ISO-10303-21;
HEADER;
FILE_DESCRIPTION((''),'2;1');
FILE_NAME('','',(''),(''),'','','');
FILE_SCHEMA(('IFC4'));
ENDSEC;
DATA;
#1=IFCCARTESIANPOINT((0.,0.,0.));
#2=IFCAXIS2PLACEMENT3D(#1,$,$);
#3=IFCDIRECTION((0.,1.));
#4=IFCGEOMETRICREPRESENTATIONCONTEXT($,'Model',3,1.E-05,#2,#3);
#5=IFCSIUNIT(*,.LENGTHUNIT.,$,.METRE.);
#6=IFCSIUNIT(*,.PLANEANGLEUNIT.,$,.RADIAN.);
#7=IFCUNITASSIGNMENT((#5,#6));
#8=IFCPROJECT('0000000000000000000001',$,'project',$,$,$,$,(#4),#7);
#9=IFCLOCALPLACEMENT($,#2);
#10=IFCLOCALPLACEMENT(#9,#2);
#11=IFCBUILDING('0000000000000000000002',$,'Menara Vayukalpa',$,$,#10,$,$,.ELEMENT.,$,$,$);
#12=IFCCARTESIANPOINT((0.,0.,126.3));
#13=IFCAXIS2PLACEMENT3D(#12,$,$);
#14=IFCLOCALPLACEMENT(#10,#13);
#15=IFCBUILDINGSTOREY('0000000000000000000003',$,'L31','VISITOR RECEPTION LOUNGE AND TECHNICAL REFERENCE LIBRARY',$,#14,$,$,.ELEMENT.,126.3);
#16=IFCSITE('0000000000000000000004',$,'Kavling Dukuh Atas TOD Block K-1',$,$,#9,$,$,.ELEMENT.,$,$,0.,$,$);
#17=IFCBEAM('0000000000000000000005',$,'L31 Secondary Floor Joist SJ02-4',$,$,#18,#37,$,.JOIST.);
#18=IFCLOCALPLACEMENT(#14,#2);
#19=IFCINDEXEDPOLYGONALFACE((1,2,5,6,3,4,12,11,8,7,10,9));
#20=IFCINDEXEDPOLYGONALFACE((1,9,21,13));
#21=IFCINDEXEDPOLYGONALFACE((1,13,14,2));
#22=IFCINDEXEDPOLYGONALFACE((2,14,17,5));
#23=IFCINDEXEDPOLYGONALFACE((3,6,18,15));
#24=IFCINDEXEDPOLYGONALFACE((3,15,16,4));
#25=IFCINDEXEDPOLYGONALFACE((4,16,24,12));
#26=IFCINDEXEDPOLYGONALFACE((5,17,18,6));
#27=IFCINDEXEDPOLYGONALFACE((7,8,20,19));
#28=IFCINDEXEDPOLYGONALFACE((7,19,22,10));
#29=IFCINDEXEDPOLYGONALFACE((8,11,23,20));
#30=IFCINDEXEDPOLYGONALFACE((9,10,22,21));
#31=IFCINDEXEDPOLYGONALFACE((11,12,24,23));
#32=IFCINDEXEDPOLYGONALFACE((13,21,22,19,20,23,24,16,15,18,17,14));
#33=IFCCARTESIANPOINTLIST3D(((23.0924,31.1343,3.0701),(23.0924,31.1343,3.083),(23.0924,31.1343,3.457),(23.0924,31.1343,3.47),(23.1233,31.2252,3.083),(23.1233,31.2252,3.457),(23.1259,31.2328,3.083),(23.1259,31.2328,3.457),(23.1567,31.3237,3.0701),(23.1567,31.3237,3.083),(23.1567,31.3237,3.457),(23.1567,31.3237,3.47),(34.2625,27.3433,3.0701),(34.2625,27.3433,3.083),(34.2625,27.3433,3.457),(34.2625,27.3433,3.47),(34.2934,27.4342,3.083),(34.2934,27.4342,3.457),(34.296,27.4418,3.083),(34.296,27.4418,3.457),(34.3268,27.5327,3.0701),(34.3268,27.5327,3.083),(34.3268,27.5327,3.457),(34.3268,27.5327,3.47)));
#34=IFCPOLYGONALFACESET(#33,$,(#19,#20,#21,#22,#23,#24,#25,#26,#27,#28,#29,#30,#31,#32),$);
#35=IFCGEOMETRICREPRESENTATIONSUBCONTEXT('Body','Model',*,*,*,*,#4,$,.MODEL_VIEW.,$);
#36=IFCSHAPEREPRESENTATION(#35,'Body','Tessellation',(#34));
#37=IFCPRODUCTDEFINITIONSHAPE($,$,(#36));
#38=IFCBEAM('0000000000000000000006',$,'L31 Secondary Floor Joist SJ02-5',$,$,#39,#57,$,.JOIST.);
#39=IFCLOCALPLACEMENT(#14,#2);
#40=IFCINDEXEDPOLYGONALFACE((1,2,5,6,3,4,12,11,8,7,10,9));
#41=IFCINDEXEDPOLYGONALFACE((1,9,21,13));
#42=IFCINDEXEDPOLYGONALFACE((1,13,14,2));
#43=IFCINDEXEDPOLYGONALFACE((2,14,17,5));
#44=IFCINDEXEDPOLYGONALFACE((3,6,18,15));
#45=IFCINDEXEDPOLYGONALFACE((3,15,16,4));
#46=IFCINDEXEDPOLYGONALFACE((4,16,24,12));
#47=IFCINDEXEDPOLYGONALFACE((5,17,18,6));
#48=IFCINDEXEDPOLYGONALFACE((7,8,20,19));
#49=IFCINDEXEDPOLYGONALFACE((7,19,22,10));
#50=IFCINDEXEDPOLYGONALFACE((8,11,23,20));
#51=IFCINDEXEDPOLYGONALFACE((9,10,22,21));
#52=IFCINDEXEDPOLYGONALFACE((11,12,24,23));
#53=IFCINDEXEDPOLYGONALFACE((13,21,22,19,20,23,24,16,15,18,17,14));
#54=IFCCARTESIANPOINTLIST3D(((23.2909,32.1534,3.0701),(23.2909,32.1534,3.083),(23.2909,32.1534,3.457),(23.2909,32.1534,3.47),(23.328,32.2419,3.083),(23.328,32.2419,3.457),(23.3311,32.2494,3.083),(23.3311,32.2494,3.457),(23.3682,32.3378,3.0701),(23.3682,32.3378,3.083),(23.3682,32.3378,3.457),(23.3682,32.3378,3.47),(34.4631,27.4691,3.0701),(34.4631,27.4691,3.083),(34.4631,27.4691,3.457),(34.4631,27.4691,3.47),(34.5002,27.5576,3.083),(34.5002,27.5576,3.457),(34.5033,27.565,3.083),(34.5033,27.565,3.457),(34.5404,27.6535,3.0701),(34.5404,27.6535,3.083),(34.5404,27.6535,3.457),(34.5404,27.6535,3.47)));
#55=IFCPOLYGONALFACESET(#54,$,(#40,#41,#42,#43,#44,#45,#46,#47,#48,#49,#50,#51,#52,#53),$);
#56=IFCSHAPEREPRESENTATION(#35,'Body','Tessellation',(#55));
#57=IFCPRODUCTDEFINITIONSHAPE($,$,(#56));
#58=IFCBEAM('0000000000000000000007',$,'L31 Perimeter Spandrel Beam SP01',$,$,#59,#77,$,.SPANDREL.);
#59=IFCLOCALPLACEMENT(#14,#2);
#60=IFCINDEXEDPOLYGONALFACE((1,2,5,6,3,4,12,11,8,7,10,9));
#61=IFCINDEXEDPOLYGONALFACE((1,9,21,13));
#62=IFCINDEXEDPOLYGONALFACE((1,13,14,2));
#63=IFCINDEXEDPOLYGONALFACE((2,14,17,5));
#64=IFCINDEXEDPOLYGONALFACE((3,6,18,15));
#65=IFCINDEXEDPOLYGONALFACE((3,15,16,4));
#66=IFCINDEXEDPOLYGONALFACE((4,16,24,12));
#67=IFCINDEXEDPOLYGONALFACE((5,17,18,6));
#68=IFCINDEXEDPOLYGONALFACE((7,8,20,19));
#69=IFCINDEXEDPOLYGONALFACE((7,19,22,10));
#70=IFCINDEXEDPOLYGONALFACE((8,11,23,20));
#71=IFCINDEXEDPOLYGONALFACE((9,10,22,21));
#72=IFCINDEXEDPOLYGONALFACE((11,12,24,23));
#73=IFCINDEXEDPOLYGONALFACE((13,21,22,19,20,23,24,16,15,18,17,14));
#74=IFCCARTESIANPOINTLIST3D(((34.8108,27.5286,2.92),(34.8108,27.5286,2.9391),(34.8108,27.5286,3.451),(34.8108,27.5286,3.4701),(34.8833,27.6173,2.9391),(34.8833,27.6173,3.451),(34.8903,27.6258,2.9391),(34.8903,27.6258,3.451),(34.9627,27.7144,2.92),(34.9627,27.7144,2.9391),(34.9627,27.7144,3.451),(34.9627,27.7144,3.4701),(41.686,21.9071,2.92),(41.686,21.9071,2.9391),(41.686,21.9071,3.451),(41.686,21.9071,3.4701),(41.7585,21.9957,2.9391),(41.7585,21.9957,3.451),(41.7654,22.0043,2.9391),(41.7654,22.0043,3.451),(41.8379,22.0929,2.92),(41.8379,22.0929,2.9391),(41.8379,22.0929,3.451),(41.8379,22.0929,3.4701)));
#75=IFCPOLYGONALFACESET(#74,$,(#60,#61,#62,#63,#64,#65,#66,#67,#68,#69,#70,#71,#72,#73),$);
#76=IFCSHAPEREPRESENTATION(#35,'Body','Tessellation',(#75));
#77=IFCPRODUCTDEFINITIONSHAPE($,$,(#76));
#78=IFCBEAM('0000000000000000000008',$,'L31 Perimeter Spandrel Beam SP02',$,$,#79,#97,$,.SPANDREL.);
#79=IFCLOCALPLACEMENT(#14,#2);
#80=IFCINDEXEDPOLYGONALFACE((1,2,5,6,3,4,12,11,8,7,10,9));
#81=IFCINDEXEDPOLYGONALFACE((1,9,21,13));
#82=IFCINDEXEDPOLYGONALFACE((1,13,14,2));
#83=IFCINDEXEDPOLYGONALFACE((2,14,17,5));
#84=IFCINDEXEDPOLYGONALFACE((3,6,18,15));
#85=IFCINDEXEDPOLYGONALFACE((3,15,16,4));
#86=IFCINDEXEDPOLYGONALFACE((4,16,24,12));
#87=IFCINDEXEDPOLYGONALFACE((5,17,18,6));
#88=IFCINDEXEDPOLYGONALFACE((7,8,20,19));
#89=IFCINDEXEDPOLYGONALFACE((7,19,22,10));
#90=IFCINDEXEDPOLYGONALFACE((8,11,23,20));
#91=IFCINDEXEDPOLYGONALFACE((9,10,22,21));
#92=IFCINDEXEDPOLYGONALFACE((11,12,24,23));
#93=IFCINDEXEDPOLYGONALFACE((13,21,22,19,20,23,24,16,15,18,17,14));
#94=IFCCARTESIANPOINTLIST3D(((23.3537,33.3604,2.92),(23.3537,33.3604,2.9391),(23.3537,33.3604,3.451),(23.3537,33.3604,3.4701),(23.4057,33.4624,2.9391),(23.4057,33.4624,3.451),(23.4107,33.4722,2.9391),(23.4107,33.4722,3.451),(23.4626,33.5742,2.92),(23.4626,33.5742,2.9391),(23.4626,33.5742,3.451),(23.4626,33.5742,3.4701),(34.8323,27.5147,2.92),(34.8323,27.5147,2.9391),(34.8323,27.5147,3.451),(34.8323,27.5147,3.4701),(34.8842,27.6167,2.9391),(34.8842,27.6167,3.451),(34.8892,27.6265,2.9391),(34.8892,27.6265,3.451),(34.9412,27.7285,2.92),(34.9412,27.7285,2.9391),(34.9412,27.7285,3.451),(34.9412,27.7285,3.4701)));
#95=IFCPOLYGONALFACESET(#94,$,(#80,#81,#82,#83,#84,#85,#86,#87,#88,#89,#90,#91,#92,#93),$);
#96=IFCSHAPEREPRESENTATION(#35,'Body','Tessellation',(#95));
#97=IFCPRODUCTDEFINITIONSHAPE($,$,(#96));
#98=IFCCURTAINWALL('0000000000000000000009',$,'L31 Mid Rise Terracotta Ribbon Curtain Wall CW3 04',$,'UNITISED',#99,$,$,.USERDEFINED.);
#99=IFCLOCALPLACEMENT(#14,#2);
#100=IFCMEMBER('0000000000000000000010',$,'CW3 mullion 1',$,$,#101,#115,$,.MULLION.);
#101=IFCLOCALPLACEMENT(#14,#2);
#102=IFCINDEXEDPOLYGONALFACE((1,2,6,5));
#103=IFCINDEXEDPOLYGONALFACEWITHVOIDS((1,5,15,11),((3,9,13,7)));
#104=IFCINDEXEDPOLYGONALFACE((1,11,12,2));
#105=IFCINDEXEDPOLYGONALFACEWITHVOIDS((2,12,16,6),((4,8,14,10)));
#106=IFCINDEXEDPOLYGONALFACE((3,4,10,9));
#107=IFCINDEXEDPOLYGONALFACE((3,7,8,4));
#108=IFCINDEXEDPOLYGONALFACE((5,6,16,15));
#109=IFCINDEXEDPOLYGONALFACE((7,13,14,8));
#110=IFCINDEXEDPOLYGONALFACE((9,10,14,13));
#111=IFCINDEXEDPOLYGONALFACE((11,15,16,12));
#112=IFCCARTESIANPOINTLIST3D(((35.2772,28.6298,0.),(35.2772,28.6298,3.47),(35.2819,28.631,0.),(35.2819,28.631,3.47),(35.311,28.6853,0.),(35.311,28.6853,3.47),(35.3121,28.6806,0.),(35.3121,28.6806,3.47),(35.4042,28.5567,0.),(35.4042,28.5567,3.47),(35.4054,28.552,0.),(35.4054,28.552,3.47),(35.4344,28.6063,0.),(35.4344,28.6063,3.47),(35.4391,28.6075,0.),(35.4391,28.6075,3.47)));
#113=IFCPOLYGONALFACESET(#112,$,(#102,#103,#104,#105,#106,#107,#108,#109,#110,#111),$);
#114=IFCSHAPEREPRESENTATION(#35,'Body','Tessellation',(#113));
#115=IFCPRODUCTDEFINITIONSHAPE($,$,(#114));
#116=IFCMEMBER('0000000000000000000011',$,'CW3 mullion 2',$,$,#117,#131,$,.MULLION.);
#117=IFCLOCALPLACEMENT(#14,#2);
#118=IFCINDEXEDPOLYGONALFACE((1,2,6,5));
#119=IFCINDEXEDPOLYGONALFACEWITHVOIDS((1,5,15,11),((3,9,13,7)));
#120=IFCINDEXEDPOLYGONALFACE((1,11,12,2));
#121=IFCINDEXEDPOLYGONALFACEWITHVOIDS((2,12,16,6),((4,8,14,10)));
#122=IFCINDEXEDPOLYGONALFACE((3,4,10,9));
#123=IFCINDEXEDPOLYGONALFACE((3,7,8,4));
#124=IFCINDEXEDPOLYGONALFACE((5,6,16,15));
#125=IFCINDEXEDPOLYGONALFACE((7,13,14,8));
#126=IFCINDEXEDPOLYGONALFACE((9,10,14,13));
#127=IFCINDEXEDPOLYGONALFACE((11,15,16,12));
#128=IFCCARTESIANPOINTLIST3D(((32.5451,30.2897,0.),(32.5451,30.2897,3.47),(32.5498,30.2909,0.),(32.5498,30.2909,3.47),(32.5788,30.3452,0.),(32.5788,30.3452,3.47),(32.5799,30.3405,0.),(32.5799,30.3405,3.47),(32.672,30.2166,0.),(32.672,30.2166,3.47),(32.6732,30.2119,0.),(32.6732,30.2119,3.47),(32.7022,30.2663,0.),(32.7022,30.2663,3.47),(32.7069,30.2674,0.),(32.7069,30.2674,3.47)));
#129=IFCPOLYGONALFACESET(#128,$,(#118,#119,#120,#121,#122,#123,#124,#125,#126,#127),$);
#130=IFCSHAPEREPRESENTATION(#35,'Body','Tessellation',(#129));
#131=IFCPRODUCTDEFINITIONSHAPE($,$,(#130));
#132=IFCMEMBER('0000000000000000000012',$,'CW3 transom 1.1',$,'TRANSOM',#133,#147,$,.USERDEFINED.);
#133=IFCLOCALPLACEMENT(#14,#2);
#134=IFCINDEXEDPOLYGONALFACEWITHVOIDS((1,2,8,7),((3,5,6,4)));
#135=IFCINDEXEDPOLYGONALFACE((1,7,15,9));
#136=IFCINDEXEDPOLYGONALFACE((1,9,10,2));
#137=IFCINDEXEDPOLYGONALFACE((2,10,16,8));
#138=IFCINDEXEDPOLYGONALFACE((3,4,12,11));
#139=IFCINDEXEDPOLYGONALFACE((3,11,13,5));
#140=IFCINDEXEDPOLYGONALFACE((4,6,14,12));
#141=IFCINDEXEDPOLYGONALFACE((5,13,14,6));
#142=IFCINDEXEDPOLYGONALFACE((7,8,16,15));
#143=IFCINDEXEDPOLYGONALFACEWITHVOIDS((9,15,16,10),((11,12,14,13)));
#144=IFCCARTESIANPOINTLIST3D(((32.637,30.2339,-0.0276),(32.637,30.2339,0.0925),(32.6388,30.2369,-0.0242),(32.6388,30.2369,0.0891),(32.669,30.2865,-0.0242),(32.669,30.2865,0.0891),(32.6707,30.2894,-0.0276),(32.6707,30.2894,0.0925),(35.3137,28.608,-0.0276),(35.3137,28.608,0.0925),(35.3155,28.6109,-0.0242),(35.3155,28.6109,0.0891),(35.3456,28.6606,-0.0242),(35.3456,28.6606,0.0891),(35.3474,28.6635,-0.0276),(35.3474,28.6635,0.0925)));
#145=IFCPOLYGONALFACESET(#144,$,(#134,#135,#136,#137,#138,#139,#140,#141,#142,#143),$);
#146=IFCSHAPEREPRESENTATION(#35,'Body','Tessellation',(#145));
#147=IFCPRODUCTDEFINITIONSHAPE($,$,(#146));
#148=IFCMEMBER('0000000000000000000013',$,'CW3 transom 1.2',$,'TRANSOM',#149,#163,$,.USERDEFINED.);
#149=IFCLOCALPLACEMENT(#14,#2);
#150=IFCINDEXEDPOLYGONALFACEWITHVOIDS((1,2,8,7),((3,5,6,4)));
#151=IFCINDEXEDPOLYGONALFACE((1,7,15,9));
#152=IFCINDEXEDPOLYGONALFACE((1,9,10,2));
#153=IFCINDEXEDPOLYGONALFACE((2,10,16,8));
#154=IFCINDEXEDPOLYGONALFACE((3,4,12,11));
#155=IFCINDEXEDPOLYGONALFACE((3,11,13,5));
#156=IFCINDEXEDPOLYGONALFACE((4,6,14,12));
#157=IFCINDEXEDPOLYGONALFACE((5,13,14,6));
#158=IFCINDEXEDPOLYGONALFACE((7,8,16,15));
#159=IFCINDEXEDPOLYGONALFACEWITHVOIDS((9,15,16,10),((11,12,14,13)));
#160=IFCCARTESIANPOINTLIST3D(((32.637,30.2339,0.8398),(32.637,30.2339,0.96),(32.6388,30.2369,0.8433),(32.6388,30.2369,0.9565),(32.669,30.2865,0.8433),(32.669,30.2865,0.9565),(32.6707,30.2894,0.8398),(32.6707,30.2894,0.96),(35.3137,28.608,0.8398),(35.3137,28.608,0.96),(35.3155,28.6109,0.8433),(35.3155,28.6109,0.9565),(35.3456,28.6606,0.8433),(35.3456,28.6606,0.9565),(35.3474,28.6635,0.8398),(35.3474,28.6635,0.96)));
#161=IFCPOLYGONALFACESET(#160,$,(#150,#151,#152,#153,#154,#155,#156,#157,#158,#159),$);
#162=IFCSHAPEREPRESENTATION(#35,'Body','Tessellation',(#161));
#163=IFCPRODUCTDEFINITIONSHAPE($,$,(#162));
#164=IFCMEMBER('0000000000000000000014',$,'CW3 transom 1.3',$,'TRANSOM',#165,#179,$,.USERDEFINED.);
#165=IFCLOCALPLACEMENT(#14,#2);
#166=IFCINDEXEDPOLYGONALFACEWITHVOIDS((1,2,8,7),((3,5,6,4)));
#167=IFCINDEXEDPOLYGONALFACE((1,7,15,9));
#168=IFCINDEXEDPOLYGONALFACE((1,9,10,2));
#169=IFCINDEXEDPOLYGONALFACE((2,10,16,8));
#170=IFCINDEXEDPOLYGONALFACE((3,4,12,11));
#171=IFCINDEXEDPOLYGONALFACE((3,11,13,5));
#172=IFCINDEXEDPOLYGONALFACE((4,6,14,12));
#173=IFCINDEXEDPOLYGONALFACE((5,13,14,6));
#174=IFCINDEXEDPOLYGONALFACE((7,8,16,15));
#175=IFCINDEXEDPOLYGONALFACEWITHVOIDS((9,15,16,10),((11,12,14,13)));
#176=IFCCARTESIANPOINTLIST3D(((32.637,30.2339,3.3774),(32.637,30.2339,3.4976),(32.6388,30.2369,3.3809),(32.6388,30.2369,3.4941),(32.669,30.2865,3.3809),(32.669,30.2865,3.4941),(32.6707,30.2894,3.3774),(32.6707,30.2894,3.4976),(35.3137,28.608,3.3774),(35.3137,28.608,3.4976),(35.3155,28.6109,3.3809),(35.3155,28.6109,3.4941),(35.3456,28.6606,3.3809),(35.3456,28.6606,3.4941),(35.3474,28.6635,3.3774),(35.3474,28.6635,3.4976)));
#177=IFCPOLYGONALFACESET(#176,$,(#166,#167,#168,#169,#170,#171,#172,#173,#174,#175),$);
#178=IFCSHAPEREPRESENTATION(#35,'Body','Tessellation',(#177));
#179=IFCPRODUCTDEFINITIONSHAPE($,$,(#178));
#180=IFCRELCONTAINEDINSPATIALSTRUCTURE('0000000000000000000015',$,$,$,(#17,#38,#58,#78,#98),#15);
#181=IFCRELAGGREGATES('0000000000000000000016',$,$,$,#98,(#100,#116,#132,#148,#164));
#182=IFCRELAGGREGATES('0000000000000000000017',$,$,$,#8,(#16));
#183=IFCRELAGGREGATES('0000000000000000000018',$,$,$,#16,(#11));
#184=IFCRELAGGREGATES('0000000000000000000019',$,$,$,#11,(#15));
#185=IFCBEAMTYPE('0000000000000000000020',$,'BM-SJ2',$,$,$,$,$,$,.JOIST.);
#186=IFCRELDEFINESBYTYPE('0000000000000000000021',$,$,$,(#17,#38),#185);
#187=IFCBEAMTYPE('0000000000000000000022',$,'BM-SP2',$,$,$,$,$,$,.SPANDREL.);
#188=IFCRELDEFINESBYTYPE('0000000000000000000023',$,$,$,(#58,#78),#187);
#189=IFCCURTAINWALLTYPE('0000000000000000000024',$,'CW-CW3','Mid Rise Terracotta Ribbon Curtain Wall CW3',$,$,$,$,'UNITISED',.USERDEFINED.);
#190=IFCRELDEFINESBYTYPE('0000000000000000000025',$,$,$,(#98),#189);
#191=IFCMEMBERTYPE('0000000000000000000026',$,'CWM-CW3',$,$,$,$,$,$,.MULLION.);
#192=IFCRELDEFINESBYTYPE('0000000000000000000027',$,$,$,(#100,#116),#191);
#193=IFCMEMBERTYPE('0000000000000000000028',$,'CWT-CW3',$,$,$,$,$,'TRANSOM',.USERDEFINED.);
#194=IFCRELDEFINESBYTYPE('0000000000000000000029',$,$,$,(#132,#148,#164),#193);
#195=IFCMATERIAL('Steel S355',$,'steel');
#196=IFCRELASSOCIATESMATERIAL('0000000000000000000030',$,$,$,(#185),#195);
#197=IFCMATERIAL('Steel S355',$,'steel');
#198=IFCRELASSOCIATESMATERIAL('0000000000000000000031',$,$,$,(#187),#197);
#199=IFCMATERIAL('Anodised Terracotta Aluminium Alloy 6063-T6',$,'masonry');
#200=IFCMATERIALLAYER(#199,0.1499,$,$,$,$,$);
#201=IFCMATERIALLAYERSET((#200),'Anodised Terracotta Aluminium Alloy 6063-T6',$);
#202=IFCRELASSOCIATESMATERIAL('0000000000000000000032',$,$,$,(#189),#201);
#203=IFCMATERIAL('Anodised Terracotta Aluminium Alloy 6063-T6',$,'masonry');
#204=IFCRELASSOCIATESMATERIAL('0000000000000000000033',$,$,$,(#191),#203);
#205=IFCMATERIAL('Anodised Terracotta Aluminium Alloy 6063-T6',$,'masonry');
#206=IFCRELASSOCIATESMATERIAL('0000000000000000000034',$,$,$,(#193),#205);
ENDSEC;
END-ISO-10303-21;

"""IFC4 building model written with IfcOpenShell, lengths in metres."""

from ifc_helpers import new_model, si_unit, direction, frame, origin, origin_2d, place, context, subcontext, project, spatial, hollow_rectangle, i_section, extrude, material, layer, layer_set, material_profile, profile_set, type_object, element, aggregate, save


model = new_model("IFC4")

# Units and contexts
model_context = context("Model", 3, precision=1e-05, world=origin(), true_north=direction((0.0, 1.0)))
body_context = subcontext(model_context, "Body", "Model", "MODEL_VIEW")
ifc_project = project(units=[si_unit("LENGTHUNIT", "METRE"), si_unit("PLANEANGLEUNIT", "RADIAN")], contexts=[model_context])

# Site, building, storey
site_placement = place(None, origin())
site = spatial("IfcSite", under=ifc_project, at=site_placement, Name="Kavling Dukuh Atas TOD Block K-1", CompositionType="ELEMENT", RefElevation=0.0)
building_placement = place(site_placement, origin())
building = spatial("IfcBuilding", under=site, at=building_placement, Name="Menara Vayukalpa", CompositionType="ELEMENT")
storey_placement = place(building_placement, frame((0.0, 0.0, 126.3)))
storey = spatial("IfcBuildingStorey", under=building, at=storey_placement, Name="L31", Description="VISITOR RECEPTION LOUNGE AND TECHNICAL REFERENCE LIBRARY", CompositionType="ELEMENT", Elevation=126.3)

# Beams
ifc_material_1 = material(Name="Steel S355", Category="steel")
ifc_material_profile_1 = material_profile(ifc_material_1, i_section(OverallWidth=0.2, OverallDepth=0.3999, WebThickness=0.0081, FlangeThickness=0.0129, at=origin_2d()), Name="WF 400x200x8x13")
ifc_profile_set_1 = profile_set([ifc_material_profile_1], Name="Steel S355")
beam_type_1 = type_object("IfcBeamType", Name="BM-SJ2", PredefinedType="JOIST", material=ifc_profile_set_1)
beam_1_placement = place(storey_placement, frame((34.2947, 27.438, 3.27), z_axis=(-0.946949, 0.321383, 0.0), x_axis=(-0.321383, -0.946949, 0.0)))
element("IfcBeam", 1, at=beam_1_placement, inside=storey, type_object=beam_type_1, Name="L31 Secondary Floor Joist SJ02-4", PredefinedType="JOIST", context=body_context, shape_type="SweptSolid", body=[
    extrude(i_section(OverallWidth=0.2, OverallDepth=0.3999, WebThickness=0.0081, FlangeThickness=0.0129, at=origin_2d()), origin(), (0.0, 0.0, 1.0), 11.7959),
])
beam_2_placement = place(storey_placement, frame((34.5017, 27.5613, 3.27), z_axis=(-0.922217, 0.386674, 0.0), x_axis=(-0.386674, -0.922217, 0.0)))
element("IfcBeam", 2, at=beam_2_placement, inside=storey, type_object=beam_type_1, Name="L31 Secondary Floor Joist SJ02-5", PredefinedType="JOIST", context=body_context, shape_type="SweptSolid", body=[
    extrude(i_section(OverallWidth=0.2, OverallDepth=0.3999, WebThickness=0.0081, FlangeThickness=0.0129, at=origin_2d()), origin(), (0.0, 0.0, 1.0), 12.1145),
])
ifc_material_2 = material(Name="Steel S355", Category="steel")
ifc_material_profile_2 = material_profile(ifc_material_2, i_section(OverallWidth=0.24, OverallDepth=0.55, WebThickness=0.011, FlangeThickness=0.019, at=origin_2d()), Name="WF 550x240x11x19")
ifc_profile_set_2 = profile_set([ifc_material_profile_2], Name="Steel S355")
beam_type_2 = type_object("IfcBeamType", Name="BM-SP2", PredefinedType="SPANDREL", material=ifc_profile_set_2)
beam_3_placement = place(storey_placement, frame((41.762, 22.0, 3.1951), z_axis=(-0.774157, 0.632994, 0.0), x_axis=(-0.632994, -0.774157, 0.0)))
element("IfcBeam", 3, at=beam_3_placement, inside=storey, type_object=beam_type_2, Name="L31 Perimeter Spandrel Beam SP01", PredefinedType="SPANDREL", context=body_context, shape_type="SweptSolid", body=[
    extrude(i_section(OverallWidth=0.24, OverallDepth=0.55, WebThickness=0.011, FlangeThickness=0.019, at=origin_2d()), origin(), (0.0, 0.0, 1.0), 8.8809),
])
beam_4_placement = place(storey_placement, frame((34.8867, 27.6216, 3.1951), z_axis=(-0.891097, 0.453812, 0.0), x_axis=(-0.453812, -0.891097, 0.0)))
element("IfcBeam", 4, at=beam_4_placement, inside=storey, type_object=beam_type_2, Name="L31 Perimeter Spandrel Beam SP02", PredefinedType="SPANDREL", context=body_context, shape_type="SweptSolid", body=[
    extrude(i_section(OverallWidth=0.24, OverallDepth=0.55, WebThickness=0.011, FlangeThickness=0.019, at=origin_2d()), origin(), (0.0, 0.0, 1.0), 12.8813),
])

# Curtain wall, members
ifc_material_3 = material(Name="Anodised Terracotta Aluminium Alloy 6063-T6", Category="masonry")
ifc_layer_1 = layer(ifc_material_3, 0.1499)
ifc_layer_set_1 = layer_set([ifc_layer_1], Name="Anodised Terracotta Aluminium Alloy 6063-T6")
curtain_wall_type = type_object("IfcCurtainWallType", Name="CW-CW3", Description="Mid Rise Terracotta Ribbon Curtain Wall CW3", ElementType="UNITISED", PredefinedType="USERDEFINED", material=ifc_layer_set_1)
curtain_wall_placement = place(storey_placement, origin())
curtain_wall = element("IfcCurtainWall", 5, at=curtain_wall_placement, inside=storey, type_object=curtain_wall_type, Name="L31 Mid Rise Terracotta Ribbon Curtain Wall CW3 04", ObjectType="UNITISED", PredefinedType="USERDEFINED")
ifc_material_4 = material(Name="Anodised Terracotta Aluminium Alloy 6063-T6", Category="masonry")
ifc_material_profile_3 = material_profile(ifc_material_4, hollow_rectangle(XDim=0.0649, YDim=0.1499, WallThickness=0.0034, at=origin_2d()), Name="ALU 65x150x3.5")
ifc_profile_set_3 = profile_set([ifc_material_profile_3], Name="Anodised Terracotta Aluminium Alloy 6063-T6")
member_type_1 = type_object("IfcMemberType", Name="CWM-CW3", PredefinedType="MULLION", material=ifc_profile_set_3)
member_1_placement = place(storey_placement, frame((35.3582, 28.6187, 0.0), z_axis=(0.0, 0.0, 1.0), x_axis=(-0.519183, -0.854663, 0.0)))
member_1 = element("IfcMember", 6, at=member_1_placement, type_object=member_type_1, Name="CW3 mullion 1", PredefinedType="MULLION", context=body_context, shape_type="SweptSolid", body=[
    extrude(hollow_rectangle(XDim=0.0649, YDim=0.1499, WallThickness=0.0034, at=origin_2d()), origin(), (0.0, 0.0, 1.0), 3.47),
])
member_2_placement = place(storey_placement, frame((32.626, 30.2786, 0.0), z_axis=(0.0, 0.0, 1.0), x_axis=(-0.519183, -0.854663, 0.0)))
member_2 = element("IfcMember", 7, at=member_2_placement, type_object=member_type_1, Name="CW3 mullion 2", PredefinedType="MULLION", context=body_context, shape_type="SweptSolid", body=[
    extrude(hollow_rectangle(XDim=0.0649, YDim=0.1499, WallThickness=0.0034, at=origin_2d()), origin(), (0.0, 0.0, 1.0), 3.47),
])
ifc_material_5 = material(Name="Anodised Terracotta Aluminium Alloy 6063-T6", Category="masonry")
ifc_material_profile_4 = material_profile(ifc_material_5, hollow_rectangle(XDim=0.0649, YDim=0.1201, WallThickness=0.0034, at=origin_2d()), Name="ALU 65x120x3.5")
ifc_profile_set_4 = profile_set([ifc_material_profile_4], Name="Anodised Terracotta Aluminium Alloy 6063-T6")
member_type_2 = type_object("IfcMemberType", Name="CWT-CW3", ElementType="TRANSOM", PredefinedType="USERDEFINED", material=ifc_profile_set_4)
member_3_placement = place(storey_placement, frame((35.3306, 28.6357, 0.0325), z_axis=(-0.854674, 0.519165, 0.0), x_axis=(-0.519165, -0.854674, 0.0)))
member_3 = element("IfcMember", 8, at=member_3_placement, type_object=member_type_2, Name="CW3 transom 1.1", ObjectType="TRANSOM", PredefinedType="USERDEFINED", context=body_context, shape_type="SweptSolid", body=[
    extrude(hollow_rectangle(XDim=0.0649, YDim=0.1201, WallThickness=0.0034, at=origin_2d()), origin(), (0.0, 0.0, 1.0), 3.1318),
])
member_4_placement = place(storey_placement, frame((35.3306, 28.6357, 0.8999), z_axis=(-0.854674, 0.519165, 0.0), x_axis=(-0.519165, -0.854674, 0.0)))
member_4 = element("IfcMember", 9, at=member_4_placement, type_object=member_type_2, Name="CW3 transom 1.2", ObjectType="TRANSOM", PredefinedType="USERDEFINED", context=body_context, shape_type="SweptSolid", body=[
    extrude(hollow_rectangle(XDim=0.0649, YDim=0.1201, WallThickness=0.0034, at=origin_2d()), origin(), (0.0, 0.0, 1.0), 3.1318),
])
member_5_placement = place(storey_placement, frame((35.3306, 28.6357, 3.4375), z_axis=(-0.854674, 0.519165, 0.0), x_axis=(-0.519165, -0.854674, 0.0)))
member_5 = element("IfcMember", 10, at=member_5_placement, type_object=member_type_2, Name="CW3 transom 1.3", ObjectType="TRANSOM", PredefinedType="USERDEFINED", context=body_context, shape_type="SweptSolid", body=[
    extrude(hollow_rectangle(XDim=0.0649, YDim=0.1201, WallThickness=0.0034, at=origin_2d()), origin(), (0.0, 0.0, 1.0), 3.1318),
])
aggregate(curtain_wall, [member_1, member_2, member_3, member_4, member_5])

save(model, "model.ifc")
